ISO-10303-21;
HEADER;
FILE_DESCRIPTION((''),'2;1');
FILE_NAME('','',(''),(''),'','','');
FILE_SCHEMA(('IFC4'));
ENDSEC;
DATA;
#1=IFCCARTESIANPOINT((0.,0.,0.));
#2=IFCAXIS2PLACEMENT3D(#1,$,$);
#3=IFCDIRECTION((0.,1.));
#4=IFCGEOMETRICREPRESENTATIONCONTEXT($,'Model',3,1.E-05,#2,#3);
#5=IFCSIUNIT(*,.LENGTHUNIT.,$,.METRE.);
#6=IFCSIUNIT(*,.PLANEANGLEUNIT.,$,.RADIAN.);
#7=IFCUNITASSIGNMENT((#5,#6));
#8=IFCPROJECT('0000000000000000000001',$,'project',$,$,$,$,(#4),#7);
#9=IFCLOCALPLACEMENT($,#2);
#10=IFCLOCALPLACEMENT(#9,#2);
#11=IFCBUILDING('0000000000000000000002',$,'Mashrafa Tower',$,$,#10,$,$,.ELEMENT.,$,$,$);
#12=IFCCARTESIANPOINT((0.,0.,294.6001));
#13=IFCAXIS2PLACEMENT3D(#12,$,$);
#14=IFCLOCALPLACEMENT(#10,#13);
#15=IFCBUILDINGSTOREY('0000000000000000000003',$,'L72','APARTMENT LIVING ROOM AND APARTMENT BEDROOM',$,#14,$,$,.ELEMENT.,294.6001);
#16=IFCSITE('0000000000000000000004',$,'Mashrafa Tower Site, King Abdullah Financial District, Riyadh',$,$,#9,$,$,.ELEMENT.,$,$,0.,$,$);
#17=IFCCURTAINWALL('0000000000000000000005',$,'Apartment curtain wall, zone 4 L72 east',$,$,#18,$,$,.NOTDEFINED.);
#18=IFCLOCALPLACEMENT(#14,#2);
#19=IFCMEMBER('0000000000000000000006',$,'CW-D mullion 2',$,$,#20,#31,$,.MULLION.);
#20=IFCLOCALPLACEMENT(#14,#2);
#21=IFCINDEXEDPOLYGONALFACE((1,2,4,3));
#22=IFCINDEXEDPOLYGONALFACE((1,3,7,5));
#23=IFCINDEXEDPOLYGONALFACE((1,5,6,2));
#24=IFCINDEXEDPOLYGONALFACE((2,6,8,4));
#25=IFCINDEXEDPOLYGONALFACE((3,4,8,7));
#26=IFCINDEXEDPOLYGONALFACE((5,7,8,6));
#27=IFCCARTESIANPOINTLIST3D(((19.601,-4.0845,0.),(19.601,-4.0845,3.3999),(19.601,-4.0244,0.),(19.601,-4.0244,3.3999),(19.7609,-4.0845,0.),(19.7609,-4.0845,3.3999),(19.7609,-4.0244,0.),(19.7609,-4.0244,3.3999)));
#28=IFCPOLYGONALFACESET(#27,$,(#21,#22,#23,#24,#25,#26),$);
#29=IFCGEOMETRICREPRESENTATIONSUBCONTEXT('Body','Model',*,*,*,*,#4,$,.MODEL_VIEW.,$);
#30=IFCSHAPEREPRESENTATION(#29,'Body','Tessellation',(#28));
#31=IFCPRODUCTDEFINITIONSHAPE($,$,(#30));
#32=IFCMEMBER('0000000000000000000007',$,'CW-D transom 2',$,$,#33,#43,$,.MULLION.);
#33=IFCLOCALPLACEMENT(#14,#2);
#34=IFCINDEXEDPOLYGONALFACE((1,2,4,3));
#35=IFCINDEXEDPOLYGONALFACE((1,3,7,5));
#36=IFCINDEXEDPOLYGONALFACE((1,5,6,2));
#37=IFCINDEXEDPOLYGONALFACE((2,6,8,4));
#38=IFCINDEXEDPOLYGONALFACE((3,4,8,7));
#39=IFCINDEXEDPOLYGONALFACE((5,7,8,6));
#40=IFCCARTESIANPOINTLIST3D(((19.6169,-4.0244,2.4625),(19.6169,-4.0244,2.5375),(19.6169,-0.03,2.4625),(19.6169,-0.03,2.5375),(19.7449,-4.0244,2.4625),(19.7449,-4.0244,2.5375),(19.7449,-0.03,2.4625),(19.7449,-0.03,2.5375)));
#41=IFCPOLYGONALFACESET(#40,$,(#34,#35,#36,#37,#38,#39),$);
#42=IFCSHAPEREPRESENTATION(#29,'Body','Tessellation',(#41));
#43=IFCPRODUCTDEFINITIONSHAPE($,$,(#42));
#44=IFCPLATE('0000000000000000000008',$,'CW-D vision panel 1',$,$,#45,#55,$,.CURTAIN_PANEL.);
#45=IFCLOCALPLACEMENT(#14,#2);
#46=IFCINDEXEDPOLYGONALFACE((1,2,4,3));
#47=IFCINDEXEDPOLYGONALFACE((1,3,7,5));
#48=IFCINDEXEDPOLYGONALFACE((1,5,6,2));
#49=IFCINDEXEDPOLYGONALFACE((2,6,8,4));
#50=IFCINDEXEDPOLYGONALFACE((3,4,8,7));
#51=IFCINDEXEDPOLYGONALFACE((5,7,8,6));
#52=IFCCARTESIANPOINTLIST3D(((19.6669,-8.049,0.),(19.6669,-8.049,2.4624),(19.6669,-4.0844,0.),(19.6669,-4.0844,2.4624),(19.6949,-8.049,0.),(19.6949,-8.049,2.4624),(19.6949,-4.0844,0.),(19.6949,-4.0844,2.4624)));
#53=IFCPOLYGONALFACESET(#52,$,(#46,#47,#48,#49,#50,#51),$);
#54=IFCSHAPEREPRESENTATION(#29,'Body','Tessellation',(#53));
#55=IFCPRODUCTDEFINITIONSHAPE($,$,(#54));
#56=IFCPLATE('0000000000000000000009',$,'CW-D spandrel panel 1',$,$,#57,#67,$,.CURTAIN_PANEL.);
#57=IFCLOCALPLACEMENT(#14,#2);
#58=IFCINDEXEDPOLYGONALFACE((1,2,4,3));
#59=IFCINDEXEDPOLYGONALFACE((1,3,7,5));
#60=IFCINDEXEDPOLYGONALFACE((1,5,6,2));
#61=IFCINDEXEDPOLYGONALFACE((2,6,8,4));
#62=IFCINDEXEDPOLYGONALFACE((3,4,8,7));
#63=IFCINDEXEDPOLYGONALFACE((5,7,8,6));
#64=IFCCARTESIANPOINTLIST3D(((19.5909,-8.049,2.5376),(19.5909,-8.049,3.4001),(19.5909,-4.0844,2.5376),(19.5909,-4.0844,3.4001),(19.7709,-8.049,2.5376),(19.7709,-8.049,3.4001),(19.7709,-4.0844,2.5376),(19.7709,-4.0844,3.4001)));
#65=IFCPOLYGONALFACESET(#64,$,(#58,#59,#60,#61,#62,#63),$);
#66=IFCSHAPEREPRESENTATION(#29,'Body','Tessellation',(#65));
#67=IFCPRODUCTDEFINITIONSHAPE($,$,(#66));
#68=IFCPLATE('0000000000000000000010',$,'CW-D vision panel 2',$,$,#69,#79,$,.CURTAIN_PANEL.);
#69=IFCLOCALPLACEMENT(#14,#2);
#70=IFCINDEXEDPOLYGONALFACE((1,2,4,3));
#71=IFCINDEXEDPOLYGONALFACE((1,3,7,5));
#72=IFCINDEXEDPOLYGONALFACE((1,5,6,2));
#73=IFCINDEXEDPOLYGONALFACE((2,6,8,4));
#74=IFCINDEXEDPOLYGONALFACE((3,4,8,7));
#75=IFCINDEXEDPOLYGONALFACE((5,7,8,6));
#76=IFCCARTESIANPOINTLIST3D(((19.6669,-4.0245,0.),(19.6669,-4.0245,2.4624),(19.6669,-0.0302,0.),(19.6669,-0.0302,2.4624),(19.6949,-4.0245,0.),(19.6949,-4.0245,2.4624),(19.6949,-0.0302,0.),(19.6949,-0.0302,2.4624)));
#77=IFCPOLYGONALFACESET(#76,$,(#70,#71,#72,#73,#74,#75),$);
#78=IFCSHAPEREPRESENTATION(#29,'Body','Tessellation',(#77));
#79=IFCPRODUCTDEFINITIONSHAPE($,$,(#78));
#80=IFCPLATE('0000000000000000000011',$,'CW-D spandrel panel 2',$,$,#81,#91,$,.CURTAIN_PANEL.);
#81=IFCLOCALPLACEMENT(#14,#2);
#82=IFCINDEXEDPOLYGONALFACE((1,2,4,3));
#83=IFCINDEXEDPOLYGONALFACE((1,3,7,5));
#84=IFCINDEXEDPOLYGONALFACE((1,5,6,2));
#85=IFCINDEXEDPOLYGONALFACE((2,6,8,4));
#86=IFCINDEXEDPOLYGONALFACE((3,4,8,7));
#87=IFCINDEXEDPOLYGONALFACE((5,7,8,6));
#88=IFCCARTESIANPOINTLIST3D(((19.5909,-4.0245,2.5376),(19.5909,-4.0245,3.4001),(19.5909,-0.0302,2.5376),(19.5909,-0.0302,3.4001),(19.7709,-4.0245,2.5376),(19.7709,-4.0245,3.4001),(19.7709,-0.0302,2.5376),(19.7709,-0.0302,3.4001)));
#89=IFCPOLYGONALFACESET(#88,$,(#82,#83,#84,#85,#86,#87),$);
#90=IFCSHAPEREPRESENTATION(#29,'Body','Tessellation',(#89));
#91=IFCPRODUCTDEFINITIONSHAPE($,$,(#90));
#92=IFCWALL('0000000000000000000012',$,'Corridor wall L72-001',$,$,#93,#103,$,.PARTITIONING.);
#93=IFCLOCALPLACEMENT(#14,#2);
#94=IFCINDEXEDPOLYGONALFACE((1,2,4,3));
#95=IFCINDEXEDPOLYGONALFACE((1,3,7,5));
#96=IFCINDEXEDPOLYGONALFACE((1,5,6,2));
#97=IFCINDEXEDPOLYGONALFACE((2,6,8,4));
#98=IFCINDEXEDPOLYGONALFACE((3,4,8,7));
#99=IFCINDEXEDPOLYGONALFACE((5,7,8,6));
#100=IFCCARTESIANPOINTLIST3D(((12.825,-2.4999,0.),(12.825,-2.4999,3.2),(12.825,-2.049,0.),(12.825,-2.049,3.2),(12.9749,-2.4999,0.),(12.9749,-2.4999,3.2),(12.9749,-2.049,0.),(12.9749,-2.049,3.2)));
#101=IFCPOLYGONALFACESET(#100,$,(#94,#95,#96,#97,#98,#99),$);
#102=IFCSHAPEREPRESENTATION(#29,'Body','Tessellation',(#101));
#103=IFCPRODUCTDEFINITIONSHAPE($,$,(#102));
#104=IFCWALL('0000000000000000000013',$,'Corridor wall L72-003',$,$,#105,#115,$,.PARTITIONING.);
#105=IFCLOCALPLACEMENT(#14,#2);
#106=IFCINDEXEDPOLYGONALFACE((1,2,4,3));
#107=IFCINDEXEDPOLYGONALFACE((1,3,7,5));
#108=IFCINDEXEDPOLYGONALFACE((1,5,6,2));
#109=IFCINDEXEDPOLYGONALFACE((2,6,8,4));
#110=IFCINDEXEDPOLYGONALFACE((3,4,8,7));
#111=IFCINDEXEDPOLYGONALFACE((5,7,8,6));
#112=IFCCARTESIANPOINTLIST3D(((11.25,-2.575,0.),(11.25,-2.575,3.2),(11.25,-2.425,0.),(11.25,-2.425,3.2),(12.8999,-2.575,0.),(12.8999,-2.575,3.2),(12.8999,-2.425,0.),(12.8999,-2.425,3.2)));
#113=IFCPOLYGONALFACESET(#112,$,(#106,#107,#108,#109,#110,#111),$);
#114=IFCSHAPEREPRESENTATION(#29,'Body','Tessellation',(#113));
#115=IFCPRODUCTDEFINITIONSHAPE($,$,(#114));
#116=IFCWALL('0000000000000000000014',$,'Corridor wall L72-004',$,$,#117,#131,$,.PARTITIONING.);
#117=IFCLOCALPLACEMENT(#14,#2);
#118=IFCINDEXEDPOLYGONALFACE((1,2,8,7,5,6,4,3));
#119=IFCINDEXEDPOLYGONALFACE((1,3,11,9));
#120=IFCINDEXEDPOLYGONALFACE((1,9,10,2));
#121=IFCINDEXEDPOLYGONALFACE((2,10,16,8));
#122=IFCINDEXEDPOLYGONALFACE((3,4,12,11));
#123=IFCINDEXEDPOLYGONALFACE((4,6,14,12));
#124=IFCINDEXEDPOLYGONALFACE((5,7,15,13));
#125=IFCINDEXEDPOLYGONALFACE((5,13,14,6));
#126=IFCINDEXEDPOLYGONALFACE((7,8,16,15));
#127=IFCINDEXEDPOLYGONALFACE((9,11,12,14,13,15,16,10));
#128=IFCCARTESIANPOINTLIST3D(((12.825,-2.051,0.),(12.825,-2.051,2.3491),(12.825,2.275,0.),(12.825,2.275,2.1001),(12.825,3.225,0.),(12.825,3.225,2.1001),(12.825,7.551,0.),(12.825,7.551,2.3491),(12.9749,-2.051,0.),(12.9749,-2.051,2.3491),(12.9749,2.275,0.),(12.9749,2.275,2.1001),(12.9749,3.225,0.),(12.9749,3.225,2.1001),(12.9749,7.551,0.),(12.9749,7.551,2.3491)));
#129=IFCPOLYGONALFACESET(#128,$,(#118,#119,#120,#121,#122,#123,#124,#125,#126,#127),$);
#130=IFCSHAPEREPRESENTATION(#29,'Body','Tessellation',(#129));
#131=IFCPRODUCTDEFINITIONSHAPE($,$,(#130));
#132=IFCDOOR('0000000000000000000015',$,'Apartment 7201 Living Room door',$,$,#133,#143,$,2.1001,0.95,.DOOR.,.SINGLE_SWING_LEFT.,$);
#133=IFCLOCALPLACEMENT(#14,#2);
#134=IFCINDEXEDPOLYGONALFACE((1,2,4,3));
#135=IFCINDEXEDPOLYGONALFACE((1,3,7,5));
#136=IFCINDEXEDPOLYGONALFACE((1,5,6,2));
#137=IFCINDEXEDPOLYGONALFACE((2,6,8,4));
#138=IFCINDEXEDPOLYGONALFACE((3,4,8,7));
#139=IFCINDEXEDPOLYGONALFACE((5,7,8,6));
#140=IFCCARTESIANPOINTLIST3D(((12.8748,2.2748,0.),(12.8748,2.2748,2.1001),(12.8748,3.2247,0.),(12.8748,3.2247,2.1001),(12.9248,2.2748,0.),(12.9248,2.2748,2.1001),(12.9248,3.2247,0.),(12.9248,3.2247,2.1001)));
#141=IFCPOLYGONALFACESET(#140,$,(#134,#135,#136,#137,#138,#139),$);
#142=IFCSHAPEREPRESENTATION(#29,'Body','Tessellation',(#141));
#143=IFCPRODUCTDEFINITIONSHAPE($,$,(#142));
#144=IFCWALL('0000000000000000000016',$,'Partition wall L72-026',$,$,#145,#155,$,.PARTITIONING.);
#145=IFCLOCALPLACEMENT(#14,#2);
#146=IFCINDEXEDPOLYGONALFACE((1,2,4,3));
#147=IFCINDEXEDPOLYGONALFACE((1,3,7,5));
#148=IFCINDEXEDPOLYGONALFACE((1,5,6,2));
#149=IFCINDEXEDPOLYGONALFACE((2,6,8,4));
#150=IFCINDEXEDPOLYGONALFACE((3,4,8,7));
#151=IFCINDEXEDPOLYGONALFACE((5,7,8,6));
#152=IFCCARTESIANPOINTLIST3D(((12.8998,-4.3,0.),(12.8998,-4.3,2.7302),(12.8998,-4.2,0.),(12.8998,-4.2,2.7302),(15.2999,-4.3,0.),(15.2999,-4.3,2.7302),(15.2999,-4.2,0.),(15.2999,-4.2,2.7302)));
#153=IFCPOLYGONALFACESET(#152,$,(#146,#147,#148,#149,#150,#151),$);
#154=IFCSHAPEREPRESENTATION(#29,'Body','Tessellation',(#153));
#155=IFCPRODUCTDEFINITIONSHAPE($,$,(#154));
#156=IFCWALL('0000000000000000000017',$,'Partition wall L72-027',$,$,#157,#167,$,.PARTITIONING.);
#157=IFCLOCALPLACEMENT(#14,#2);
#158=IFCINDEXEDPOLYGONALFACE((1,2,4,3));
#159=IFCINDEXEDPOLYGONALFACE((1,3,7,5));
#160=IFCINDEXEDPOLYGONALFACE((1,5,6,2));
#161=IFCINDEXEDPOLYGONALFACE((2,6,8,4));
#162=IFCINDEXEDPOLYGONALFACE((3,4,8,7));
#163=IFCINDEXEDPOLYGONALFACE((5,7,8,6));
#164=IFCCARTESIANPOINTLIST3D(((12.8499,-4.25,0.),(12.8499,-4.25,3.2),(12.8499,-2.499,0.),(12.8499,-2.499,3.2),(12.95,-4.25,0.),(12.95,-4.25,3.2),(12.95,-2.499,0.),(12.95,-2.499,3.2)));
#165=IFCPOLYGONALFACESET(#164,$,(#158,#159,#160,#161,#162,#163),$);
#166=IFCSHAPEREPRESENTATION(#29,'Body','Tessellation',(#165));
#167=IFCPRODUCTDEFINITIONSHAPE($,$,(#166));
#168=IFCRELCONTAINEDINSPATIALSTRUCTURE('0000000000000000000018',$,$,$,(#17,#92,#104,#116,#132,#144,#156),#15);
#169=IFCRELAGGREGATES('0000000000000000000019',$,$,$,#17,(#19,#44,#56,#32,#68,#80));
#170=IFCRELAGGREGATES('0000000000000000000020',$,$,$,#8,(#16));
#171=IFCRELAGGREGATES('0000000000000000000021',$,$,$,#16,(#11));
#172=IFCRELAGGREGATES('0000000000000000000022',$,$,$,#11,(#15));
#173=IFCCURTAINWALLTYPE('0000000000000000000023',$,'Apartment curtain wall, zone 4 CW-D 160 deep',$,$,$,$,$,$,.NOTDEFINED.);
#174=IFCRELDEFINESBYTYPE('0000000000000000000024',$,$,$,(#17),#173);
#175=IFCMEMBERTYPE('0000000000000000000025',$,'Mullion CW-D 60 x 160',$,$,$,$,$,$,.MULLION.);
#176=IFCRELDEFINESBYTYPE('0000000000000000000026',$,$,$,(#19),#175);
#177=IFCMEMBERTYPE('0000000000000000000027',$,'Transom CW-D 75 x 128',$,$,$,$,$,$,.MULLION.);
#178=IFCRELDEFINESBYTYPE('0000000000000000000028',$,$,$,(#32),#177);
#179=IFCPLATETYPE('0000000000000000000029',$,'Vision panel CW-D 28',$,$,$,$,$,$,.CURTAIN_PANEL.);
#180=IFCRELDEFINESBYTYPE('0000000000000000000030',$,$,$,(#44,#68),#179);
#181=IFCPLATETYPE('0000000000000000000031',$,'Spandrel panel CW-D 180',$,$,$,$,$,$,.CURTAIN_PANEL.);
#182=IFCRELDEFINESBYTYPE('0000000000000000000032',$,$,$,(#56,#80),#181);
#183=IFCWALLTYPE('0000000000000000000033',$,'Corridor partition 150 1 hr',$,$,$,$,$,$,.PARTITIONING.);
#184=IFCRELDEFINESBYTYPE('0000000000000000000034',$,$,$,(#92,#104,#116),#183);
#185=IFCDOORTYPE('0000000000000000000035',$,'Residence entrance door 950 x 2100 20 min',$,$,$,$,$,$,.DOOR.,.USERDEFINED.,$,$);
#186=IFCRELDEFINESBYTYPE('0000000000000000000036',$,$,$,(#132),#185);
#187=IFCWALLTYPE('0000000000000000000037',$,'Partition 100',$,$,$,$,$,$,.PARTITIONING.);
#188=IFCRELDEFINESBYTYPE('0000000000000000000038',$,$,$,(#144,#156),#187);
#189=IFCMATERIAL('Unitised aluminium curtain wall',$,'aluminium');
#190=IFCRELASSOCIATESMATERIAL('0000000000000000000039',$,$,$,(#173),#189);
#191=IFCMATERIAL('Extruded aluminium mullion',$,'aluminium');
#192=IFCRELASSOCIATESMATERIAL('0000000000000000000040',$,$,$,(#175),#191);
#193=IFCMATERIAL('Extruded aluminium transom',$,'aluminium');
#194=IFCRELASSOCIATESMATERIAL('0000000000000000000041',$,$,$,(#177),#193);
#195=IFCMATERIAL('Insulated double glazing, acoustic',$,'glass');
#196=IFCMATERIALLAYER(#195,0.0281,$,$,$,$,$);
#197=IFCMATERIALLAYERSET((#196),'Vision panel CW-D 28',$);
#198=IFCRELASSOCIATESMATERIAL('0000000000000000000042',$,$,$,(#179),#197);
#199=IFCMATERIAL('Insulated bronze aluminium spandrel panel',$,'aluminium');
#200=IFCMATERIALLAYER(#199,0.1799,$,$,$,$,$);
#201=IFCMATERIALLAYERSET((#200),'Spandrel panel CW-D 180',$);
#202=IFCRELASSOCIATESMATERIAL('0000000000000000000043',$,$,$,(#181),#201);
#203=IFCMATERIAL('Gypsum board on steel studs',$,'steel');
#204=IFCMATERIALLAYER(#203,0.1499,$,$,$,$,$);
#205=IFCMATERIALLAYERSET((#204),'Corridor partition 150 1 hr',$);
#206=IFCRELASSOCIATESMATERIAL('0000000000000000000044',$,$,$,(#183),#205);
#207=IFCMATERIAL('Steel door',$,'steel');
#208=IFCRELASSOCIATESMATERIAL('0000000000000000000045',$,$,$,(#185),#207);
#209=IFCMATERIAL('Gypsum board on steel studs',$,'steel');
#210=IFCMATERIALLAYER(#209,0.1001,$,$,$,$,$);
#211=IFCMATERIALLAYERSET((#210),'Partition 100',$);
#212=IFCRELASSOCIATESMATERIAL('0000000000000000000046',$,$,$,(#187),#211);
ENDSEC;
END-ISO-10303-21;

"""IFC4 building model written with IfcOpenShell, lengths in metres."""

from ifc_helpers import new_model, si_unit, direction, frame, frame_2d, origin, origin_2d, place, context, subcontext, project, spatial, rectangle, extrude, source, transform, mapped, material, layer, layer_set, material_profile, profile_set, type_object, type_shapes, element, fill, aggregate, save


model = new_model("IFC4")

# Units and contexts
model_context = context("Model", 3, precision=1e-05, world=origin(), true_north=direction((0.0, 1.0)))
body_context = subcontext(model_context, "Body", "Model", "MODEL_VIEW")
ifc_project = project(units=[si_unit("LENGTHUNIT", "METRE"), si_unit("PLANEANGLEUNIT", "RADIAN")], contexts=[model_context])

# Site, building, storey
site_placement = place(None, origin())
site = spatial("IfcSite", under=ifc_project, at=site_placement, Name="Mashrafa Tower Site, King Abdullah Financial District, Riyadh", CompositionType="ELEMENT", RefElevation=0.0)
building_placement = place(site_placement, origin())
building = spatial("IfcBuilding", under=site, at=building_placement, Name="Mashrafa Tower", CompositionType="ELEMENT")
storey_placement = place(building_placement, frame((0.0, 0.0, 294.6001)))
storey = spatial("IfcBuildingStorey", under=building, at=storey_placement, Name="L72", Description="APARTMENT LIVING ROOM AND APARTMENT BEDROOM", CompositionType="ELEMENT", Elevation=294.6001)

# Curtain wall, members, plates
ifc_material_1 = material(Name="Unitised aluminium curtain wall", Category="aluminium")
curtain_wall_type = type_object("IfcCurtainWallType", Name="Apartment curtain wall, zone 4 CW-D 160 deep", PredefinedType="NOTDEFINED", material=ifc_material_1)
curtain_wall_placement = place(storey_placement, origin())
curtain_wall = element("IfcCurtainWall", 1, at=curtain_wall_placement, inside=storey, type_object=curtain_wall_type, Name="Apartment curtain wall, zone 4 L72 east", PredefinedType="NOTDEFINED")
ifc_material_2 = material(Name="Extruded aluminium mullion", Category="aluminium")
ifc_material_profile_1 = material_profile(ifc_material_2, rectangle(XDim=0.1599, YDim=0.0601, at=origin_2d()), Name="Mullion 60x160")
ifc_profile_set_1 = profile_set([ifc_material_profile_1], Name="Extruded aluminium mullion")
member_type_1 = type_object("IfcMemberType", Name="Mullion CW-D 60 x 160", PredefinedType="MULLION", material=ifc_profile_set_1)
shared_shape_1 = source(origin(), body_context, "Body", "SweptSolid", [
    extrude(rectangle(XDim=0.1599, YDim=0.0601, at=origin_2d()), origin(), (0.0, 0.0, 1.0), 3.3999),
])
type_shapes(member_type_1, [shared_shape_1])
member_1_placement = place(storey_placement, frame((19.6809, -4.0544, 0.0), z_axis=(0.0, 0.0, 1.0), x_axis=(-1.0, 0.0, 0.0)))
member_1 = element("IfcMember", 2, at=member_1_placement, type_object=member_type_1, Name="CW-D mullion 2", PredefinedType="MULLION", context=body_context, shape_type="MappedRepresentation", body=[
    mapped(shared_shape_1, transform((0.0, 0.0, 0.0))),
])
ifc_material_3 = material(Name="Extruded aluminium transom", Category="aluminium")
ifc_material_profile_2 = material_profile(ifc_material_3, rectangle(XDim=0.1279, YDim=0.075, at=origin_2d()), Name="Transom 75x128")
ifc_profile_set_2 = profile_set([ifc_material_profile_2], Name="Extruded aluminium transom")
member_type_2 = type_object("IfcMemberType", Name="Transom CW-D 75 x 128", PredefinedType="MULLION", material=ifc_profile_set_2)
shared_shape_2 = source(origin(), body_context, "Body", "SweptSolid", [
    extrude(rectangle(XDim=0.1279, YDim=0.075, at=origin_2d()), origin(), (0.0, 0.0, 1.0), 3.9944),
])
type_shapes(member_type_2, [shared_shape_2])
member_2_placement = place(storey_placement, frame((19.6809, -4.0244, 2.5), z_axis=(0.0, 1.0, 0.0), x_axis=(-1.0, 0.0, 0.0)))
member_2 = element("IfcMember", 3, at=member_2_placement, type_object=member_type_2, Name="CW-D transom 2", PredefinedType="MULLION", context=body_context, shape_type="MappedRepresentation", body=[
    mapped(shared_shape_2, transform((0.0, 0.0, 0.0))),
])
ifc_material_4 = material(Name="Insulated double glazing, acoustic", Category="glass")
ifc_layer_1 = layer(ifc_material_4, 0.0281)
ifc_layer_set_1 = layer_set([ifc_layer_1], Name="Vision panel CW-D 28")
plate_type_1 = type_object("IfcPlateType", Name="Vision panel CW-D 28", PredefinedType="CURTAIN_PANEL", material=ifc_layer_set_1)
shared_shape_3 = source(origin(), body_context, "Body", "SweptSolid", [
    extrude(rectangle(XDim=3.9646, YDim=0.0281, at=origin_2d()), origin(), (0.0, 0.0, 1.0), 2.4624),
])
plate_1_placement = place(storey_placement, frame((19.6809, -6.0667, 0.0), z_axis=(0.0, 0.0, 1.0), x_axis=(0.0, 1.0, 0.0)))
plate_1 = element("IfcPlate", 4, at=plate_1_placement, type_object=plate_type_1, Name="CW-D vision panel 1", PredefinedType="CURTAIN_PANEL", context=body_context, shape_type="MappedRepresentation", body=[
    mapped(shared_shape_3, transform((0.0, 0.0, 0.0))),
])
ifc_material_5 = material(Name="Insulated bronze aluminium spandrel panel", Category="aluminium")
ifc_layer_2 = layer(ifc_material_5, 0.1799)
ifc_layer_set_2 = layer_set([ifc_layer_2], Name="Spandrel panel CW-D 180")
plate_type_2 = type_object("IfcPlateType", Name="Spandrel panel CW-D 180", PredefinedType="CURTAIN_PANEL", material=ifc_layer_set_2)
shared_shape_4 = source(origin(), body_context, "Body", "SweptSolid", [
    extrude(rectangle(XDim=3.9646, YDim=0.1799, at=origin_2d()), origin(), (0.0, 0.0, 1.0), 0.8625),
])
plate_2_placement = place(storey_placement, frame((19.6809, -6.0667, 2.5376), z_axis=(0.0, 0.0, 1.0), x_axis=(0.0, 1.0, 0.0)))
plate_2 = element("IfcPlate", 5, at=plate_2_placement, type_object=plate_type_2, Name="CW-D spandrel panel 1", PredefinedType="CURTAIN_PANEL", context=body_context, shape_type="MappedRepresentation", body=[
    mapped(shared_shape_4, transform((0.0, 0.0, 0.0))),
])
shared_shape_5 = source(origin(), body_context, "Body", "SweptSolid", [
    extrude(rectangle(XDim=3.9944, YDim=0.0281, at=origin_2d()), origin(), (0.0, 0.0, 1.0), 2.4624),
])
type_shapes(plate_type_1, [shared_shape_3, shared_shape_5])
plate_3_placement = place(storey_placement, frame((19.6809, -2.0273, 0.0), z_axis=(0.0, 0.0, 1.0), x_axis=(0.0, 1.0, 0.0)))
plate_3 = element("IfcPlate", 6, at=plate_3_placement, type_object=plate_type_1, Name="CW-D vision panel 2", PredefinedType="CURTAIN_PANEL", context=body_context, shape_type="MappedRepresentation", body=[
    mapped(shared_shape_5, transform((0.0, 0.0, 0.0))),
])
shared_shape_6 = source(origin(), body_context, "Body", "SweptSolid", [
    extrude(rectangle(XDim=3.9944, YDim=0.1799, at=origin_2d()), origin(), (0.0, 0.0, 1.0), 0.8625),
])
type_shapes(plate_type_2, [shared_shape_4, shared_shape_6])
plate_4_placement = place(storey_placement, frame((19.6809, -2.0273, 2.5376), z_axis=(0.0, 0.0, 1.0), x_axis=(0.0, 1.0, 0.0)))
plate_4 = element("IfcPlate", 7, at=plate_4_placement, type_object=plate_type_2, Name="CW-D spandrel panel 2", PredefinedType="CURTAIN_PANEL", context=body_context, shape_type="MappedRepresentation", body=[
    mapped(shared_shape_6, transform((0.0, 0.0, 0.0))),
])
aggregate(curtain_wall, [member_1, plate_1, plate_2, member_2, plate_3, plate_4])

# Walls
ifc_material_6 = material(Name="Gypsum board on steel studs", Category="steel")
ifc_layer_3 = layer(ifc_material_6, 0.1499)
ifc_layer_set_3 = layer_set([ifc_layer_3], Name="Corridor partition 150 1 hr")
wall_type_1 = type_object("IfcWallType", Name="Corridor partition 150 1 hr", PredefinedType="PARTITIONING", material=ifc_layer_set_3)
wall_1_placement = place(storey_placement, frame((12.8999, -2.5, 0.0), z_axis=(0.0, 0.0, 1.0), x_axis=(0.0, 1.0, 0.0)))
element("IfcWall", 8, at=wall_1_placement, inside=storey, type_object=wall_type_1, Name="Corridor wall L72-001", PredefinedType="PARTITIONING", context=body_context, shape_type="SweptSolid", body=[
    extrude(rectangle(XDim=0.4509, YDim=0.1499, at=frame_2d((0.2256, 0.0))), origin(), (0.0, 0.0, 1.0), 3.2),
])
wall_2_placement = place(storey_placement, frame((11.25, -2.5, 0.0), z_axis=(0.0, 0.0, 1.0), x_axis=(1.0, 0.0, 0.0)))
element("IfcWall", 9, at=wall_2_placement, inside=storey, type_object=wall_type_1, Name="Corridor wall L72-003", PredefinedType="PARTITIONING", context=body_context, shape_type="SweptSolid", body=[
    extrude(rectangle(XDim=1.6499, YDim=0.1499, at=frame_2d((0.825, 0.0))), origin(), (0.0, 0.0, 1.0), 3.2),
])

# Wall, opening, door
wall_3_placement = place(storey_placement, frame((12.8999, -2.051, 0.0), z_axis=(0.0, 0.0, 1.0), x_axis=(0.0, 1.0, 0.0)))
wall_3 = element("IfcWall", 10, at=wall_3_placement, inside=storey, type_object=wall_type_1, Name="Corridor wall L72-004", PredefinedType="PARTITIONING", context=body_context, shape_type="SweptSolid", body=[
    extrude(rectangle(XDim=9.6021, YDim=0.1499, at=frame_2d((4.801, 0.0))), origin(), (0.0, 0.0, 1.0), 2.3491),
])
opening_1_placement = place(wall_3_placement, frame((4.3259, 0.0, 0.0)))
opening_1 = element("IfcOpeningElement", 11, at=opening_1_placement, cuts=wall_3, PredefinedType="OPENING", context=body_context, shape_type="SweptSolid", body=[
    extrude(rectangle(XDim=0.95, YDim=2.1001, at=frame_2d((0.4751, 1.05))), frame((0.0, 0.085, 0.0), z_axis=(0.0, -1.0, 0.0), x_axis=(1.0, 0.0, 0.0)), (0.0, 0.0, 1.0), 0.1699),
])
ifc_material_7 = material(Name="Steel door", Category="steel")
door_type_1 = type_object("IfcDoorType", Name="Residence entrance door 950 x 2100 20 min", OperationType="USERDEFINED", PredefinedType="DOOR", material=ifc_material_7)
door_1_placement = place(opening_1_placement, frame((0.95, 0.0, 0.0), z_axis=(0.0, 0.0, 1.0), x_axis=(-1.0, 0.0, 0.0)))
door_1 = element("IfcDoor", 12, at=door_1_placement, inside=storey, type_object=door_type_1, Name="Apartment 7201 Living Room door", OperationType="SINGLE_SWING_LEFT", OverallHeight=2.1001, OverallWidth=0.95, PredefinedType="DOOR", context=body_context, shape_type="SweptSolid", body=[
    extrude(rectangle(XDim=0.95, YDim=2.1001, at=frame_2d((0.4751, 1.05))), frame((0.0, 0.0249, 0.0), z_axis=(0.0, -1.0, 0.0), x_axis=(1.0, 0.0, 0.0)), (0.0, 0.0, 1.0), 0.05),
])
fill(opening_1, door_1)

# Walls
ifc_material_8 = material(Name="Gypsum board on steel studs", Category="steel")
ifc_layer_4 = layer(ifc_material_8, 0.1001)
ifc_layer_set_4 = layer_set([ifc_layer_4], Name="Partition 100")
wall_type_2 = type_object("IfcWallType", Name="Partition 100", PredefinedType="PARTITIONING", material=ifc_layer_set_4)
wall_4_placement = place(storey_placement, frame((15.3, -4.25, 0.0), z_axis=(0.0, 0.0, 1.0), x_axis=(-1.0, 0.0, 0.0)))
element("IfcWall", 13, at=wall_4_placement, inside=storey, type_object=wall_type_2, Name="Partition wall L72-026", PredefinedType="PARTITIONING", context=body_context, shape_type="SweptSolid", body=[
    extrude(rectangle(XDim=2.4001, YDim=0.1001, at=frame_2d((1.2002, 0.0))), origin(), (0.0, 0.0, 1.0), 2.7302),
])
wall_5_placement = place(storey_placement, frame((12.8999, -2.499, 0.0), z_axis=(0.0, 0.0, 1.0), x_axis=(0.0, -1.0, 0.0)))
element("IfcWall", 14, at=wall_5_placement, inside=storey, type_object=wall_type_2, Name="Partition wall L72-027", PredefinedType="PARTITIONING", context=body_context, shape_type="SweptSolid", body=[
    extrude(rectangle(XDim=1.751, YDim=0.1001, at=frame_2d((0.8755, 0.0))), origin(), (0.0, 0.0, 1.0), 3.2),
])

save(model, "model.ifc")
